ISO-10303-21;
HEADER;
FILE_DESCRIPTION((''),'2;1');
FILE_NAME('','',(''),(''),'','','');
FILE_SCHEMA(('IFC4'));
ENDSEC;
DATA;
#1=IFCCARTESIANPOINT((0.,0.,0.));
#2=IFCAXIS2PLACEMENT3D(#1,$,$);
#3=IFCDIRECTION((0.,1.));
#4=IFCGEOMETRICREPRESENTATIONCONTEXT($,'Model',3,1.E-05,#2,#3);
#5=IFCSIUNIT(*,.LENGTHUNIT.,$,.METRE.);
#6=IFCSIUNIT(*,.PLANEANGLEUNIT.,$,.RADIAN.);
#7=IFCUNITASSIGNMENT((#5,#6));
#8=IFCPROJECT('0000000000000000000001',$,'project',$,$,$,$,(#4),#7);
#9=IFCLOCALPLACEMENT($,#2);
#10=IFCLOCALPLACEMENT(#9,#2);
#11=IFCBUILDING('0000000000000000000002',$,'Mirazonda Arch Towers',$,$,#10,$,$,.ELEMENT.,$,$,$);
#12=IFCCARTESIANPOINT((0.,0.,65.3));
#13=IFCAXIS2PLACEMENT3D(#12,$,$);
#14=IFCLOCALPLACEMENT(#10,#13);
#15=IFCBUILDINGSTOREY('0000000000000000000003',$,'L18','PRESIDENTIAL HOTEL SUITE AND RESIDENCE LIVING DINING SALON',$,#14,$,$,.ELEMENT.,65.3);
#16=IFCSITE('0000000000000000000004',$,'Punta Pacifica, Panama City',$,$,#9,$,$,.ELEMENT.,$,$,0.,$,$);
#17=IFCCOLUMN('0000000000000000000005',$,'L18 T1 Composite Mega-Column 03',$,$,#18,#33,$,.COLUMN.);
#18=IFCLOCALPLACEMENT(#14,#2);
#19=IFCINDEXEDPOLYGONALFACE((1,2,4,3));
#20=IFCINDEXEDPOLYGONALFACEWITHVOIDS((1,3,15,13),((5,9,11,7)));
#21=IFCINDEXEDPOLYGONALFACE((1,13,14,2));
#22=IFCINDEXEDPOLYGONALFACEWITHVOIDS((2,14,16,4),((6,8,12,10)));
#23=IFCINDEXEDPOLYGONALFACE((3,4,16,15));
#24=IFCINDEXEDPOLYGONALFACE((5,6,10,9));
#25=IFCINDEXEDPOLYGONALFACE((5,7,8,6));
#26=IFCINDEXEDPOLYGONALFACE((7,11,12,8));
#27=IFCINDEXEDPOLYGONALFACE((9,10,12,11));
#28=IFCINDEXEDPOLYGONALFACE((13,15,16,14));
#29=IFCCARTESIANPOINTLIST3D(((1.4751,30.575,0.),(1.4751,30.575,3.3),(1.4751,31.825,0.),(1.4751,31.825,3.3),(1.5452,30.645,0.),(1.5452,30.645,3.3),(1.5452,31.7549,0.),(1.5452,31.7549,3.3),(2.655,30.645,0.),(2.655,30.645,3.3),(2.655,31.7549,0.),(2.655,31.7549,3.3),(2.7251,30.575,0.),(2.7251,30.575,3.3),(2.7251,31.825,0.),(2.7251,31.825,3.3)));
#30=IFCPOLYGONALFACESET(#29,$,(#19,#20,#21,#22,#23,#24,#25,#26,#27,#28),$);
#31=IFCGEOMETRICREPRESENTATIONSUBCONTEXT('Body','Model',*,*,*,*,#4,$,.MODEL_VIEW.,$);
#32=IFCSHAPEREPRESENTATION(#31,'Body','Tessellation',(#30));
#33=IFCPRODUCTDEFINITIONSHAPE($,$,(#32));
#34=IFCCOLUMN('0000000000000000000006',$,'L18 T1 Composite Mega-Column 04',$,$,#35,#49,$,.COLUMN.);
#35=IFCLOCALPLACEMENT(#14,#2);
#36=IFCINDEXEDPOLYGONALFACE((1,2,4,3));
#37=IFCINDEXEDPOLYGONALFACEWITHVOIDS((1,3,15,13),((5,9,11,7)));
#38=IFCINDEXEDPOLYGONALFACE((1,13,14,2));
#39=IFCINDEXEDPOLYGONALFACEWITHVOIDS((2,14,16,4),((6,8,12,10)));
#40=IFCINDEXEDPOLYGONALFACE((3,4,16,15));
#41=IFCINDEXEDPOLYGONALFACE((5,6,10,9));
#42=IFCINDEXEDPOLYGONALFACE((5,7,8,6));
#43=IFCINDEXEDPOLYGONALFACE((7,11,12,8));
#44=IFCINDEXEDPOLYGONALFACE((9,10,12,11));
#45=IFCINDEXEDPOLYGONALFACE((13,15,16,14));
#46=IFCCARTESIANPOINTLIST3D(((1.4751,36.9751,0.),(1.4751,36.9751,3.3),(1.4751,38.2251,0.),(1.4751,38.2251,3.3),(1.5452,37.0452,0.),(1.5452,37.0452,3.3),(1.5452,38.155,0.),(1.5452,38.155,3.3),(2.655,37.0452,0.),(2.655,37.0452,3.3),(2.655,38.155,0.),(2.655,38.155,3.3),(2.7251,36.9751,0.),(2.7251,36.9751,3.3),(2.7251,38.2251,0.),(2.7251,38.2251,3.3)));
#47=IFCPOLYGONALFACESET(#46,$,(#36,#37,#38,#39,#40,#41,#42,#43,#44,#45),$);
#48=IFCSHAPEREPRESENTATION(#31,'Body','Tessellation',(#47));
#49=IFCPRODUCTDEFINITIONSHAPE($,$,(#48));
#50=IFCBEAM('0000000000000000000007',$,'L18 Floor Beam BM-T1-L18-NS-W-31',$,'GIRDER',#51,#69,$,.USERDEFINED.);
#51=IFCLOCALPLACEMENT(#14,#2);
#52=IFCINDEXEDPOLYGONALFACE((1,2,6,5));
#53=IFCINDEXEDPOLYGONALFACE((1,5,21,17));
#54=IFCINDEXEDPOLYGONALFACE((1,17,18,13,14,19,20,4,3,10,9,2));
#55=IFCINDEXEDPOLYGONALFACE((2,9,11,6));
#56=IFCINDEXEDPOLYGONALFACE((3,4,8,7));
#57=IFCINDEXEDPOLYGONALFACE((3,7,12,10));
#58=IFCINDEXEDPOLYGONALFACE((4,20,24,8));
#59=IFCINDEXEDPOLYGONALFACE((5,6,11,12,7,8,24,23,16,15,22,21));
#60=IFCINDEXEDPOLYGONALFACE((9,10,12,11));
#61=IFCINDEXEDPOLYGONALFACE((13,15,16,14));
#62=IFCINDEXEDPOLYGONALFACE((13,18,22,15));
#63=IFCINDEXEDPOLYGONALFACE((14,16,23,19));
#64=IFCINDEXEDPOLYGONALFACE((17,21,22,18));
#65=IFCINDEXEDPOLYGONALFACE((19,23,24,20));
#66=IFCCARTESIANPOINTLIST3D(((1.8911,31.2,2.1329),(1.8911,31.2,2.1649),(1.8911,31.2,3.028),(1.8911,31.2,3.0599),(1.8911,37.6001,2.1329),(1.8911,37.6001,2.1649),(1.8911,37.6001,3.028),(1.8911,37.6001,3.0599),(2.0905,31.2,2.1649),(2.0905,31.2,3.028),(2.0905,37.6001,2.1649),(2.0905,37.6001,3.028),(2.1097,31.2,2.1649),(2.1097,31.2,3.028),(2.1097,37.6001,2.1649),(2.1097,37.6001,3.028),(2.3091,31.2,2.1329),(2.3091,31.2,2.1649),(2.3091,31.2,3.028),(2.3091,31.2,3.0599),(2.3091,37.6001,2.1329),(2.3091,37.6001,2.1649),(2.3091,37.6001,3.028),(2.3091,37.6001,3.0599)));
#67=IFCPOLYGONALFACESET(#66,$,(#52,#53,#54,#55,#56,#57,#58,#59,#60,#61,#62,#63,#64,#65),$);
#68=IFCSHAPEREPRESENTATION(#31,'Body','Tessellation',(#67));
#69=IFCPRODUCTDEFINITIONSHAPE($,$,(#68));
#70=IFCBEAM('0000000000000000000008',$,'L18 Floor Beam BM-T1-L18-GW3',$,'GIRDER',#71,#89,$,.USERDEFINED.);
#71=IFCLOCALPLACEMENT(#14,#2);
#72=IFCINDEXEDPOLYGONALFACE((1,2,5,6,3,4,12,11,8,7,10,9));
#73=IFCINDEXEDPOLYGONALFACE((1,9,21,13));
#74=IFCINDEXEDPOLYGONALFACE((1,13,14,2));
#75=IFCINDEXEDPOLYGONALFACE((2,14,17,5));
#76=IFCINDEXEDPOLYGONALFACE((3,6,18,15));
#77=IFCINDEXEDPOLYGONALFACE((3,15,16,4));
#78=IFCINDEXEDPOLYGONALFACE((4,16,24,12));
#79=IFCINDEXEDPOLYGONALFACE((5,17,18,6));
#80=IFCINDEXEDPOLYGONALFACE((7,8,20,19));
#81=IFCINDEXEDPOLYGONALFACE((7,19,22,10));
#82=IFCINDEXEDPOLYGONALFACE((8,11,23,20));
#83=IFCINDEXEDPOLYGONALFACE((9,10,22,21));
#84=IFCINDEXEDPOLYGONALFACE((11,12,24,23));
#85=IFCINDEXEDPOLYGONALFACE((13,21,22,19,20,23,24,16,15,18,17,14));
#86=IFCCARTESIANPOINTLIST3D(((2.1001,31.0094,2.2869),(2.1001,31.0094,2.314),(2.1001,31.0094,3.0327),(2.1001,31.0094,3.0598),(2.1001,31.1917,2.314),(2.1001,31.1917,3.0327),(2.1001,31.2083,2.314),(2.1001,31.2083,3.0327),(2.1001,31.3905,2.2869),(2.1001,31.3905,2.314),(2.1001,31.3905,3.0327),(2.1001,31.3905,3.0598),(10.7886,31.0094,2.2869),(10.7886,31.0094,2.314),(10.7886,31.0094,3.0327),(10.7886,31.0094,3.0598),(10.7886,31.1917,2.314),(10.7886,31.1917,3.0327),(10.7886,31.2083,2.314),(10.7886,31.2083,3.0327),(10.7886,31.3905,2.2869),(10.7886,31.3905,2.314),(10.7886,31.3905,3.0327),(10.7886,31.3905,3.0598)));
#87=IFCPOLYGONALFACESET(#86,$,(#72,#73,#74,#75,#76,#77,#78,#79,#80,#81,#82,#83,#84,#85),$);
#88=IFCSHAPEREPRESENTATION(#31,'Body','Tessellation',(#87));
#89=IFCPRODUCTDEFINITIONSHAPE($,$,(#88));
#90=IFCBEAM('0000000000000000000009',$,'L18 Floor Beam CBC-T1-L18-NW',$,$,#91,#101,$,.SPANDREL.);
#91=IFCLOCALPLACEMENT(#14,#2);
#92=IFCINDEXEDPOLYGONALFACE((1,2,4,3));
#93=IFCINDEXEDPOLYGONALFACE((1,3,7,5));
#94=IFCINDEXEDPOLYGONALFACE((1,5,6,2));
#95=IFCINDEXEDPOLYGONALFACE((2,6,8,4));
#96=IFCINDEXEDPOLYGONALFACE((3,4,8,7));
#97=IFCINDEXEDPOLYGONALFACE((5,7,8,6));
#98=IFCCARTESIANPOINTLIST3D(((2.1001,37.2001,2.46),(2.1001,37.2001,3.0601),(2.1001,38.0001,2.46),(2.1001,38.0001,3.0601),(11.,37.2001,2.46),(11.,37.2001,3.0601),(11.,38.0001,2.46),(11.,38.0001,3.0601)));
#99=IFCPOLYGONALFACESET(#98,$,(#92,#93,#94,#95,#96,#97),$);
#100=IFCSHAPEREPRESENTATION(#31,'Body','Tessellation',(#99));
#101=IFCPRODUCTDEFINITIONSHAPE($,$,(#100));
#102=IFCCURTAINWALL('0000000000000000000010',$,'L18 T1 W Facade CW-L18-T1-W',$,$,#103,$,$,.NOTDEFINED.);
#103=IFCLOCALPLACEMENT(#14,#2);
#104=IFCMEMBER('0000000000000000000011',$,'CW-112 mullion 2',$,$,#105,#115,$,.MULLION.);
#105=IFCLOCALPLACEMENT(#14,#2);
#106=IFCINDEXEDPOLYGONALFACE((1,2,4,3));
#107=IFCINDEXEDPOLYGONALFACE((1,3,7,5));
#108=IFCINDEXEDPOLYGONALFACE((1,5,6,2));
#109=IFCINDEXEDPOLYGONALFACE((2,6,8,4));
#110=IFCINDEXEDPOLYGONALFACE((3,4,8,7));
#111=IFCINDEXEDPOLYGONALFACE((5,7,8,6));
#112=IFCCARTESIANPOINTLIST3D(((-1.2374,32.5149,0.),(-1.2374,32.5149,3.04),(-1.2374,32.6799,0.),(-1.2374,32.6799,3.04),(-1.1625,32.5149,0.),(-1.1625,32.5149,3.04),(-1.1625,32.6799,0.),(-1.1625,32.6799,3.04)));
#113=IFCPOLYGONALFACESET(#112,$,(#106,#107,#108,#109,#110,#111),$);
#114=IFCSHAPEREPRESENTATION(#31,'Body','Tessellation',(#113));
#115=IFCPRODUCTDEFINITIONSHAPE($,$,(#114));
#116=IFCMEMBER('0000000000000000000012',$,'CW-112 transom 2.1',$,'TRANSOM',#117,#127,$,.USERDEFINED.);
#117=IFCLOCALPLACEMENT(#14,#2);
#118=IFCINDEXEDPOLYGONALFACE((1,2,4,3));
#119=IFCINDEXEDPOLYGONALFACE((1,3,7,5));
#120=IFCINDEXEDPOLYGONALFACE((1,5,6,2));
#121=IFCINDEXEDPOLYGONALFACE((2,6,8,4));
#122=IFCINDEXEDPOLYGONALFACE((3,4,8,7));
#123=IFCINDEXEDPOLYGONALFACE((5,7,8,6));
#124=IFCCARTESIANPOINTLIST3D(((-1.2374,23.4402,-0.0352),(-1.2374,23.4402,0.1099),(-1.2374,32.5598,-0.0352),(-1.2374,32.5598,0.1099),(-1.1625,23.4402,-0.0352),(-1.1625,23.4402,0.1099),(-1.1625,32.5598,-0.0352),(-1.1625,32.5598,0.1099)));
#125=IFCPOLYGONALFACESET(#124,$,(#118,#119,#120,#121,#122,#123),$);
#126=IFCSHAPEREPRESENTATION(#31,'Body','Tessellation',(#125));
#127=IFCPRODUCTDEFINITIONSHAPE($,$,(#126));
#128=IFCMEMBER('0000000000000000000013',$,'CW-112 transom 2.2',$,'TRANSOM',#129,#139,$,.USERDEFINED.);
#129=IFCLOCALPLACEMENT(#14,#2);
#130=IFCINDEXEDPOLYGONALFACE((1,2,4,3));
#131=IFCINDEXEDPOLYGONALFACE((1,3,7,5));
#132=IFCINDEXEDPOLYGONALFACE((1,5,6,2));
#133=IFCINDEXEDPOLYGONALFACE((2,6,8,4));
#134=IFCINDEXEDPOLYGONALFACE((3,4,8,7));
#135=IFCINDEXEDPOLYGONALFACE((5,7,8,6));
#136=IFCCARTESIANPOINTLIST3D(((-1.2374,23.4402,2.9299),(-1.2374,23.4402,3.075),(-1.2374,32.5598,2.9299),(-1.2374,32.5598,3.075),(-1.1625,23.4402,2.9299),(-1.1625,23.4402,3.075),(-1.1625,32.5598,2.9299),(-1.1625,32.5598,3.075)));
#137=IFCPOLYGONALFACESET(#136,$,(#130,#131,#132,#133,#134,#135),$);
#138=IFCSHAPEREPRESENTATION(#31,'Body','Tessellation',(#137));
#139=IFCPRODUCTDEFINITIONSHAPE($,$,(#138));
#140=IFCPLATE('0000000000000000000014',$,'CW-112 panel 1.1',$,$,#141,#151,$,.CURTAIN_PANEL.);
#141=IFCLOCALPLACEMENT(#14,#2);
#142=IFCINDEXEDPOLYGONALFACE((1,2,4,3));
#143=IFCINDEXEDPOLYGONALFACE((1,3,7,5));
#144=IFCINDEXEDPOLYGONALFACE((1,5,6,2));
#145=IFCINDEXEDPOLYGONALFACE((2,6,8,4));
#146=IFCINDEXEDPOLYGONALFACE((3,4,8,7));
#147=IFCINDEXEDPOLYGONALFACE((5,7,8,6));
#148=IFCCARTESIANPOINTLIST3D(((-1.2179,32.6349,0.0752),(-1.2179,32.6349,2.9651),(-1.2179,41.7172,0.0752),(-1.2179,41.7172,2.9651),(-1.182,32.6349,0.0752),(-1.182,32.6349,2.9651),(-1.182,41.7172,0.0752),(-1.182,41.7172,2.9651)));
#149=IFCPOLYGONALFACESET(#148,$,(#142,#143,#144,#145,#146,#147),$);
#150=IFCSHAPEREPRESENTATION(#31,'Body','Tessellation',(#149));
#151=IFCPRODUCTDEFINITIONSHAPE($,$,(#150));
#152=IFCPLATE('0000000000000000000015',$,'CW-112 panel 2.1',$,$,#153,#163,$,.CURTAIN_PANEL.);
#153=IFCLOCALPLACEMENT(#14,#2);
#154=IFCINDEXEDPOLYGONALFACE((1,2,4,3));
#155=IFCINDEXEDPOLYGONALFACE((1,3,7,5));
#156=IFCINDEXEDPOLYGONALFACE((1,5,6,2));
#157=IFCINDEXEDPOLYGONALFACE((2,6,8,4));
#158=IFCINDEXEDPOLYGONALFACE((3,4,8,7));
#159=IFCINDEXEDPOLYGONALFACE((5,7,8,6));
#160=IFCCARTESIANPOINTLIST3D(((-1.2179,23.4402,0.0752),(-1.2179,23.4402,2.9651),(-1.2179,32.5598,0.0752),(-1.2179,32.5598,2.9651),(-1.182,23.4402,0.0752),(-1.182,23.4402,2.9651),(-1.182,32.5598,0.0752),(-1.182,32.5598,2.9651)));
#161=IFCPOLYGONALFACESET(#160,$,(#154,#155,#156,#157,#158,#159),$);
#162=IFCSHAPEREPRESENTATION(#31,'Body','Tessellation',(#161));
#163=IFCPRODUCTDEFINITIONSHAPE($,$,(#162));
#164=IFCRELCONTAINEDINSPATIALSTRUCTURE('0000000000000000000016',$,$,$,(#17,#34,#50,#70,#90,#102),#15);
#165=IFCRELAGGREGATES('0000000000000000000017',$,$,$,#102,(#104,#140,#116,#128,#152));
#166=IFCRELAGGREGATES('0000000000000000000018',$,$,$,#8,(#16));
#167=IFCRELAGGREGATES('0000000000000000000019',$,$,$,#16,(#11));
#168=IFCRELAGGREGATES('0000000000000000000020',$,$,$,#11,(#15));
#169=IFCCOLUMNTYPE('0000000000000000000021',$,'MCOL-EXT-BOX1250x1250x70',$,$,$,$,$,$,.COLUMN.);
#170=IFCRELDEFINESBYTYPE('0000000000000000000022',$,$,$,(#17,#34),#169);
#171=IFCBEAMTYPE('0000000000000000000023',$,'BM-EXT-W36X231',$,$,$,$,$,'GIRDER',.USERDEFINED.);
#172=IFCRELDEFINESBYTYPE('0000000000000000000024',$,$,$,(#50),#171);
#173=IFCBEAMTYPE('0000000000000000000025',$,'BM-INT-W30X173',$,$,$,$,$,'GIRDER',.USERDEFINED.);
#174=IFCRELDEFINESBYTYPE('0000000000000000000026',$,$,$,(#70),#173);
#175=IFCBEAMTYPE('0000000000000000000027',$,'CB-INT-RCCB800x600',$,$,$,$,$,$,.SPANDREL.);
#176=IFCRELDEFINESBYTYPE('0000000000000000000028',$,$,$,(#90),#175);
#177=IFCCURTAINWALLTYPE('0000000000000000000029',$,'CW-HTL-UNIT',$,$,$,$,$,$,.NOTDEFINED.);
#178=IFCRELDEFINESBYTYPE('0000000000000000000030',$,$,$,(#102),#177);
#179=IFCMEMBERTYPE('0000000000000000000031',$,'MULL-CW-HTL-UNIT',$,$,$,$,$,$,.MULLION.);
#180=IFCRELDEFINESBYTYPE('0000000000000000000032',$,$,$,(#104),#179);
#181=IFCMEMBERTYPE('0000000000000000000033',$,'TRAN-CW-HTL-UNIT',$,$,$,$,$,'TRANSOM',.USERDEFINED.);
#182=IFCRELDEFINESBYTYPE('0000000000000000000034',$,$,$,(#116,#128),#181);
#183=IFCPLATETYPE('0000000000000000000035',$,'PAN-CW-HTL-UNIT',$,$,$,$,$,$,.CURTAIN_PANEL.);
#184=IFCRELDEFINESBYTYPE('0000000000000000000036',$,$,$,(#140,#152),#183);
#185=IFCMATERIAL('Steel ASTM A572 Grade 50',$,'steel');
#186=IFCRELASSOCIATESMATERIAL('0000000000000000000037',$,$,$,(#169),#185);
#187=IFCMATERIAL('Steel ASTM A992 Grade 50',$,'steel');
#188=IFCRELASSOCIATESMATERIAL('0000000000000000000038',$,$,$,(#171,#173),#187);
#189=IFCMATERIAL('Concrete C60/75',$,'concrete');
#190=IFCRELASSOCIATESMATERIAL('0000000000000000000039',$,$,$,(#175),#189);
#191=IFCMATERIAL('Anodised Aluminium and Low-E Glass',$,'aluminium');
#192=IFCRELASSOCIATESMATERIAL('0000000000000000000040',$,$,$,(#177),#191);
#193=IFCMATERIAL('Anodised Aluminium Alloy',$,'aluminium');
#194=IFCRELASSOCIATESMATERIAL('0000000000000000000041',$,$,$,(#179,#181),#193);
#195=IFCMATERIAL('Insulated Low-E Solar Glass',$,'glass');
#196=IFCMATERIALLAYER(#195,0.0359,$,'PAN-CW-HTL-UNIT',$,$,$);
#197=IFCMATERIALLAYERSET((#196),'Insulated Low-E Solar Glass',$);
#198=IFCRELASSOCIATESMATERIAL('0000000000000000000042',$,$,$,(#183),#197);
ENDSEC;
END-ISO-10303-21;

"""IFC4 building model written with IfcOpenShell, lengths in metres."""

from ifc_helpers import new_model, si_unit, direction, frame, origin, origin_2d, place, context, subcontext, project, spatial, rectangle, hollow_rectangle, i_section, extrude, material, layer, layer_set, material_profile, profile_set, type_object, element, aggregate, save


model = new_model("IFC4")

# Units and contexts
model_context = context("Model", 3, precision=1e-05, world=origin(), true_north=direction((0.0, 1.0)))
body_context = subcontext(model_context, "Body", "Model", "MODEL_VIEW")
ifc_project = project(units=[si_unit("LENGTHUNIT", "METRE"), si_unit("PLANEANGLEUNIT", "RADIAN")], contexts=[model_context])

# Site, building, storey
site_placement = place(None, origin())
site = spatial("IfcSite", under=ifc_project, at=site_placement, Name="Punta Pacifica, Panama City", CompositionType="ELEMENT", RefElevation=0.0)
building_placement = place(site_placement, origin())
building = spatial("IfcBuilding", under=site, at=building_placement, Name="Mirazonda Arch Towers", CompositionType="ELEMENT")
storey_placement = place(building_placement, frame((0.0, 0.0, 65.3)))
storey = spatial("IfcBuildingStorey", under=building, at=storey_placement, Name="L18", Description="PRESIDENTIAL HOTEL SUITE AND RESIDENCE LIVING DINING SALON", CompositionType="ELEMENT", Elevation=65.3)

# Columns
ifc_material_1 = material(Name="Steel ASTM A572 Grade 50", Category="steel")
ifc_material_profile_1 = material_profile(ifc_material_1, hollow_rectangle(XDim=1.25, YDim=1.25, WallThickness=0.0701, at=origin_2d()), Name="BOX1250x1250x70")
ifc_profile_set_1 = profile_set([ifc_material_profile_1], Name="Steel ASTM A572 Grade 50")
column_type = type_object("IfcColumnType", Name="MCOL-EXT-BOX1250x1250x70", PredefinedType="COLUMN", material=ifc_profile_set_1)
for number, where, z_axis, x_axis, name in (
    (1, (2.1001, 31.2, 0.0), (0.0, 0.0, 1.0), (1.0, 0.0, 0.0), "L18 T1 Composite Mega-Column 03"),
    (2, (2.1001, 37.6001, 0.0), (0.0, 0.0, 1.0), (1.0, 0.0, 0.0), "L18 T1 Composite Mega-Column 04"),
):
    element("IfcColumn", number, at=place(storey_placement, frame(where, z_axis=z_axis, x_axis=x_axis)), inside=storey, type_object=column_type, Name=name, PredefinedType="COLUMN", context=body_context, shape_type="SweptSolid", body=[
        extrude(hollow_rectangle(XDim=1.25, YDim=1.25, WallThickness=0.0701, at=origin_2d()), origin(), (0.0, 0.0, 1.0), 3.3),
    ])

# Beams
ifc_material_2 = material(Name="Steel ASTM A992 Grade 50", Category="steel")
ifc_material_profile_2 = material_profile(ifc_material_2, i_section(OverallWidth=0.418, OverallDepth=0.927, WebThickness=0.0193, FlangeThickness=0.032, at=origin_2d()), Name="W36X231")
ifc_profile_set_2 = profile_set([ifc_material_profile_2], Name="Steel ASTM A992 Grade 50")
beam_type_1 = type_object("IfcBeamType", Name="BM-EXT-W36X231", ElementType="GIRDER", PredefinedType="USERDEFINED", material=ifc_profile_set_2)
beam_1_placement = place(storey_placement, frame((2.1001, 31.2, 2.5964), z_axis=(0.0, 1.0, 0.0), x_axis=(-1.0, 0.0, 0.0)))
element("IfcBeam", 3, at=beam_1_placement, inside=storey, type_object=beam_type_1, Name="L18 Floor Beam BM-T1-L18-NS-W-31", ObjectType="GIRDER", PredefinedType="USERDEFINED", context=body_context, shape_type="SweptSolid", body=[
    extrude(i_section(OverallWidth=0.418, OverallDepth=0.927, WebThickness=0.0193, FlangeThickness=0.032, at=origin_2d()), origin(), (0.0, 0.0, 1.0), 6.4001),
])
ifc_material_profile_3 = material_profile(ifc_material_2, i_section(OverallWidth=0.3811, OverallDepth=0.7729, WebThickness=0.0166, FlangeThickness=0.0271, at=origin_2d()), Name="W30X173")
ifc_profile_set_3 = profile_set([ifc_material_profile_3], Name="Steel ASTM A992 Grade 50")
beam_type_2 = type_object("IfcBeamType", Name="BM-INT-W30X173", ElementType="GIRDER", PredefinedType="USERDEFINED", material=ifc_profile_set_3)
beam_2_placement = place(storey_placement, frame((2.1001, 31.2, 2.6733), z_axis=(1.0, 0.0, 0.0), x_axis=(0.0, 1.0, 0.0)))
element("IfcBeam", 4, at=beam_2_placement, inside=storey, type_object=beam_type_2, Name="L18 Floor Beam BM-T1-L18-GW3", ObjectType="GIRDER", PredefinedType="USERDEFINED", context=body_context, shape_type="SweptSolid", body=[
    extrude(i_section(OverallWidth=0.3811, OverallDepth=0.7729, WebThickness=0.0166, FlangeThickness=0.0271, at=origin_2d()), origin(), (0.0, 0.0, 1.0), 8.6885),
])
ifc_material_3 = material(Name="Concrete C60/75", Category="concrete")
ifc_material_profile_4 = material_profile(ifc_material_3, rectangle(XDim=0.8, YDim=0.6001, at=origin_2d()), Name="RCCB800x600")
ifc_profile_set_4 = profile_set([ifc_material_profile_4], Name="Concrete C60/75")
beam_type_3 = type_object("IfcBeamType", Name="CB-INT-RCCB800x600", PredefinedType="SPANDREL", material=ifc_profile_set_4)
beam_3_placement = place(storey_placement, frame((2.1001, 37.6001, 2.76), z_axis=(1.0, 0.0, 0.0), x_axis=(0.0, 1.0, 0.0)))
element("IfcBeam", 5, at=beam_3_placement, inside=storey, type_object=beam_type_3, Name="L18 Floor Beam CBC-T1-L18-NW", PredefinedType="SPANDREL", context=body_context, shape_type="SweptSolid", body=[
    extrude(rectangle(XDim=0.8, YDim=0.6001, at=origin_2d()), origin(), (0.0, 0.0, 1.0), 8.8999),
])

# Curtain wall, members, plates
ifc_material_4 = material(Name="Anodised Aluminium and Low-E Glass", Category="aluminium")
curtain_wall_type = type_object("IfcCurtainWallType", Name="CW-HTL-UNIT", PredefinedType="NOTDEFINED", material=ifc_material_4)
curtain_wall_placement = place(storey_placement, origin())
curtain_wall = element("IfcCurtainWall", 6, at=curtain_wall_placement, inside=storey, type_object=curtain_wall_type, Name="L18 T1 W Facade CW-L18-T1-W", PredefinedType="NOTDEFINED")
ifc_material_5 = material(Name="Anodised Aluminium Alloy", Category="aluminium")
ifc_material_profile_5 = material_profile(ifc_material_5, rectangle(XDim=0.075, YDim=0.165, at=origin_2d()), Name="ALU-MULL-75x165")
ifc_profile_set_5 = profile_set([ifc_material_profile_5], Name="Anodised Aluminium Alloy")
member_type_1 = type_object("IfcMemberType", Name="MULL-CW-HTL-UNIT", PredefinedType="MULLION", material=ifc_profile_set_5)
member_1_placement = place(storey_placement, frame((-1.2, 32.5974, 0.0), z_axis=(0.0, 0.0, 1.0), x_axis=(1.0, 0.0, 0.0)))
member_1 = element("IfcMember", 7, at=member_1_placement, type_object=member_type_1, Name="CW-112 mullion 2", PredefinedType="MULLION", context=body_context, shape_type="SweptSolid", body=[
    extrude(rectangle(XDim=0.075, YDim=0.165, at=origin_2d()), origin(), (0.0, 0.0, 1.0), 3.04),
])
ifc_material_profile_6 = material_profile(ifc_material_5, rectangle(XDim=0.075, YDim=0.145, at=origin_2d()), Name="ALU-TRAN-75x145")
ifc_profile_set_6 = profile_set([ifc_material_profile_6], Name="Anodised Aluminium Alloy")
member_type_2 = type_object("IfcMemberType", Name="TRAN-CW-HTL-UNIT", ElementType="TRANSOM", PredefinedType="USERDEFINED", material=ifc_profile_set_6)
member_2_placement = place(storey_placement, frame((-1.2, 32.5598, 0.0374), z_axis=(0.0, -1.0, 0.0), x_axis=(1.0, 0.0, 0.0)))
member_2 = element("IfcMember", 8, at=member_2_placement, type_object=member_type_2, Name="CW-112 transom 2.1", ObjectType="TRANSOM", PredefinedType="USERDEFINED", context=body_context, shape_type="SweptSolid", body=[
    extrude(rectangle(XDim=0.075, YDim=0.145, at=origin_2d()), origin(), (0.0, 0.0, 1.0), 9.1196),
])
member_3_placement = place(storey_placement, frame((-1.2, 32.5598, 3.0024), z_axis=(0.0, -1.0, 0.0), x_axis=(1.0, 0.0, 0.0)))
member_3 = element("IfcMember", 9, at=member_3_placement, type_object=member_type_2, Name="CW-112 transom 2.2", ObjectType="TRANSOM", PredefinedType="USERDEFINED", context=body_context, shape_type="SweptSolid", body=[
    extrude(rectangle(XDim=0.075, YDim=0.145, at=origin_2d()), origin(), (0.0, 0.0, 1.0), 9.1196),
])
ifc_material_6 = material(Name="Insulated Low-E Solar Glass", Category="glass")
ifc_layer_1 = layer(ifc_material_6, 0.0359, Name="PAN-CW-HTL-UNIT")
ifc_layer_set_1 = layer_set([ifc_layer_1], Name="Insulated Low-E Solar Glass")
plate_type = type_object("IfcPlateType", Name="PAN-CW-HTL-UNIT", PredefinedType="CURTAIN_PANEL", material=ifc_layer_set_1)
plate_1_placement = place(storey_placement, frame((-1.2, 37.176, 0.0752), z_axis=(0.0, 0.0, 1.0), x_axis=(0.0, -1.0, 0.0)))
plate_1 = element("IfcPlate", 10, at=plate_1_placement, type_object=plate_type, Name="CW-112 panel 1.1", PredefinedType="CURTAIN_PANEL", context=body_context, shape_type="SweptSolid", body=[
    extrude(rectangle(XDim=9.0823, YDim=0.0359, at=origin_2d()), origin(), (0.0, 0.0, 1.0), 2.8899),
])
plate_2_placement = place(storey_placement, frame((-1.2, 28.0, 0.0752), z_axis=(0.0, 0.0, 1.0), x_axis=(0.0, -1.0, 0.0)))
plate_2 = element("IfcPlate", 11, at=plate_2_placement, type_object=plate_type, Name="CW-112 panel 2.1", PredefinedType="CURTAIN_PANEL", context=body_context, shape_type="SweptSolid", body=[
    extrude(rectangle(XDim=9.1196, YDim=0.0359, at=origin_2d()), origin(), (0.0, 0.0, 1.0), 2.8899),
])
aggregate(curtain_wall, [member_1, plate_1, member_2, member_3, plate_2])

save(model, "model.ifc")
